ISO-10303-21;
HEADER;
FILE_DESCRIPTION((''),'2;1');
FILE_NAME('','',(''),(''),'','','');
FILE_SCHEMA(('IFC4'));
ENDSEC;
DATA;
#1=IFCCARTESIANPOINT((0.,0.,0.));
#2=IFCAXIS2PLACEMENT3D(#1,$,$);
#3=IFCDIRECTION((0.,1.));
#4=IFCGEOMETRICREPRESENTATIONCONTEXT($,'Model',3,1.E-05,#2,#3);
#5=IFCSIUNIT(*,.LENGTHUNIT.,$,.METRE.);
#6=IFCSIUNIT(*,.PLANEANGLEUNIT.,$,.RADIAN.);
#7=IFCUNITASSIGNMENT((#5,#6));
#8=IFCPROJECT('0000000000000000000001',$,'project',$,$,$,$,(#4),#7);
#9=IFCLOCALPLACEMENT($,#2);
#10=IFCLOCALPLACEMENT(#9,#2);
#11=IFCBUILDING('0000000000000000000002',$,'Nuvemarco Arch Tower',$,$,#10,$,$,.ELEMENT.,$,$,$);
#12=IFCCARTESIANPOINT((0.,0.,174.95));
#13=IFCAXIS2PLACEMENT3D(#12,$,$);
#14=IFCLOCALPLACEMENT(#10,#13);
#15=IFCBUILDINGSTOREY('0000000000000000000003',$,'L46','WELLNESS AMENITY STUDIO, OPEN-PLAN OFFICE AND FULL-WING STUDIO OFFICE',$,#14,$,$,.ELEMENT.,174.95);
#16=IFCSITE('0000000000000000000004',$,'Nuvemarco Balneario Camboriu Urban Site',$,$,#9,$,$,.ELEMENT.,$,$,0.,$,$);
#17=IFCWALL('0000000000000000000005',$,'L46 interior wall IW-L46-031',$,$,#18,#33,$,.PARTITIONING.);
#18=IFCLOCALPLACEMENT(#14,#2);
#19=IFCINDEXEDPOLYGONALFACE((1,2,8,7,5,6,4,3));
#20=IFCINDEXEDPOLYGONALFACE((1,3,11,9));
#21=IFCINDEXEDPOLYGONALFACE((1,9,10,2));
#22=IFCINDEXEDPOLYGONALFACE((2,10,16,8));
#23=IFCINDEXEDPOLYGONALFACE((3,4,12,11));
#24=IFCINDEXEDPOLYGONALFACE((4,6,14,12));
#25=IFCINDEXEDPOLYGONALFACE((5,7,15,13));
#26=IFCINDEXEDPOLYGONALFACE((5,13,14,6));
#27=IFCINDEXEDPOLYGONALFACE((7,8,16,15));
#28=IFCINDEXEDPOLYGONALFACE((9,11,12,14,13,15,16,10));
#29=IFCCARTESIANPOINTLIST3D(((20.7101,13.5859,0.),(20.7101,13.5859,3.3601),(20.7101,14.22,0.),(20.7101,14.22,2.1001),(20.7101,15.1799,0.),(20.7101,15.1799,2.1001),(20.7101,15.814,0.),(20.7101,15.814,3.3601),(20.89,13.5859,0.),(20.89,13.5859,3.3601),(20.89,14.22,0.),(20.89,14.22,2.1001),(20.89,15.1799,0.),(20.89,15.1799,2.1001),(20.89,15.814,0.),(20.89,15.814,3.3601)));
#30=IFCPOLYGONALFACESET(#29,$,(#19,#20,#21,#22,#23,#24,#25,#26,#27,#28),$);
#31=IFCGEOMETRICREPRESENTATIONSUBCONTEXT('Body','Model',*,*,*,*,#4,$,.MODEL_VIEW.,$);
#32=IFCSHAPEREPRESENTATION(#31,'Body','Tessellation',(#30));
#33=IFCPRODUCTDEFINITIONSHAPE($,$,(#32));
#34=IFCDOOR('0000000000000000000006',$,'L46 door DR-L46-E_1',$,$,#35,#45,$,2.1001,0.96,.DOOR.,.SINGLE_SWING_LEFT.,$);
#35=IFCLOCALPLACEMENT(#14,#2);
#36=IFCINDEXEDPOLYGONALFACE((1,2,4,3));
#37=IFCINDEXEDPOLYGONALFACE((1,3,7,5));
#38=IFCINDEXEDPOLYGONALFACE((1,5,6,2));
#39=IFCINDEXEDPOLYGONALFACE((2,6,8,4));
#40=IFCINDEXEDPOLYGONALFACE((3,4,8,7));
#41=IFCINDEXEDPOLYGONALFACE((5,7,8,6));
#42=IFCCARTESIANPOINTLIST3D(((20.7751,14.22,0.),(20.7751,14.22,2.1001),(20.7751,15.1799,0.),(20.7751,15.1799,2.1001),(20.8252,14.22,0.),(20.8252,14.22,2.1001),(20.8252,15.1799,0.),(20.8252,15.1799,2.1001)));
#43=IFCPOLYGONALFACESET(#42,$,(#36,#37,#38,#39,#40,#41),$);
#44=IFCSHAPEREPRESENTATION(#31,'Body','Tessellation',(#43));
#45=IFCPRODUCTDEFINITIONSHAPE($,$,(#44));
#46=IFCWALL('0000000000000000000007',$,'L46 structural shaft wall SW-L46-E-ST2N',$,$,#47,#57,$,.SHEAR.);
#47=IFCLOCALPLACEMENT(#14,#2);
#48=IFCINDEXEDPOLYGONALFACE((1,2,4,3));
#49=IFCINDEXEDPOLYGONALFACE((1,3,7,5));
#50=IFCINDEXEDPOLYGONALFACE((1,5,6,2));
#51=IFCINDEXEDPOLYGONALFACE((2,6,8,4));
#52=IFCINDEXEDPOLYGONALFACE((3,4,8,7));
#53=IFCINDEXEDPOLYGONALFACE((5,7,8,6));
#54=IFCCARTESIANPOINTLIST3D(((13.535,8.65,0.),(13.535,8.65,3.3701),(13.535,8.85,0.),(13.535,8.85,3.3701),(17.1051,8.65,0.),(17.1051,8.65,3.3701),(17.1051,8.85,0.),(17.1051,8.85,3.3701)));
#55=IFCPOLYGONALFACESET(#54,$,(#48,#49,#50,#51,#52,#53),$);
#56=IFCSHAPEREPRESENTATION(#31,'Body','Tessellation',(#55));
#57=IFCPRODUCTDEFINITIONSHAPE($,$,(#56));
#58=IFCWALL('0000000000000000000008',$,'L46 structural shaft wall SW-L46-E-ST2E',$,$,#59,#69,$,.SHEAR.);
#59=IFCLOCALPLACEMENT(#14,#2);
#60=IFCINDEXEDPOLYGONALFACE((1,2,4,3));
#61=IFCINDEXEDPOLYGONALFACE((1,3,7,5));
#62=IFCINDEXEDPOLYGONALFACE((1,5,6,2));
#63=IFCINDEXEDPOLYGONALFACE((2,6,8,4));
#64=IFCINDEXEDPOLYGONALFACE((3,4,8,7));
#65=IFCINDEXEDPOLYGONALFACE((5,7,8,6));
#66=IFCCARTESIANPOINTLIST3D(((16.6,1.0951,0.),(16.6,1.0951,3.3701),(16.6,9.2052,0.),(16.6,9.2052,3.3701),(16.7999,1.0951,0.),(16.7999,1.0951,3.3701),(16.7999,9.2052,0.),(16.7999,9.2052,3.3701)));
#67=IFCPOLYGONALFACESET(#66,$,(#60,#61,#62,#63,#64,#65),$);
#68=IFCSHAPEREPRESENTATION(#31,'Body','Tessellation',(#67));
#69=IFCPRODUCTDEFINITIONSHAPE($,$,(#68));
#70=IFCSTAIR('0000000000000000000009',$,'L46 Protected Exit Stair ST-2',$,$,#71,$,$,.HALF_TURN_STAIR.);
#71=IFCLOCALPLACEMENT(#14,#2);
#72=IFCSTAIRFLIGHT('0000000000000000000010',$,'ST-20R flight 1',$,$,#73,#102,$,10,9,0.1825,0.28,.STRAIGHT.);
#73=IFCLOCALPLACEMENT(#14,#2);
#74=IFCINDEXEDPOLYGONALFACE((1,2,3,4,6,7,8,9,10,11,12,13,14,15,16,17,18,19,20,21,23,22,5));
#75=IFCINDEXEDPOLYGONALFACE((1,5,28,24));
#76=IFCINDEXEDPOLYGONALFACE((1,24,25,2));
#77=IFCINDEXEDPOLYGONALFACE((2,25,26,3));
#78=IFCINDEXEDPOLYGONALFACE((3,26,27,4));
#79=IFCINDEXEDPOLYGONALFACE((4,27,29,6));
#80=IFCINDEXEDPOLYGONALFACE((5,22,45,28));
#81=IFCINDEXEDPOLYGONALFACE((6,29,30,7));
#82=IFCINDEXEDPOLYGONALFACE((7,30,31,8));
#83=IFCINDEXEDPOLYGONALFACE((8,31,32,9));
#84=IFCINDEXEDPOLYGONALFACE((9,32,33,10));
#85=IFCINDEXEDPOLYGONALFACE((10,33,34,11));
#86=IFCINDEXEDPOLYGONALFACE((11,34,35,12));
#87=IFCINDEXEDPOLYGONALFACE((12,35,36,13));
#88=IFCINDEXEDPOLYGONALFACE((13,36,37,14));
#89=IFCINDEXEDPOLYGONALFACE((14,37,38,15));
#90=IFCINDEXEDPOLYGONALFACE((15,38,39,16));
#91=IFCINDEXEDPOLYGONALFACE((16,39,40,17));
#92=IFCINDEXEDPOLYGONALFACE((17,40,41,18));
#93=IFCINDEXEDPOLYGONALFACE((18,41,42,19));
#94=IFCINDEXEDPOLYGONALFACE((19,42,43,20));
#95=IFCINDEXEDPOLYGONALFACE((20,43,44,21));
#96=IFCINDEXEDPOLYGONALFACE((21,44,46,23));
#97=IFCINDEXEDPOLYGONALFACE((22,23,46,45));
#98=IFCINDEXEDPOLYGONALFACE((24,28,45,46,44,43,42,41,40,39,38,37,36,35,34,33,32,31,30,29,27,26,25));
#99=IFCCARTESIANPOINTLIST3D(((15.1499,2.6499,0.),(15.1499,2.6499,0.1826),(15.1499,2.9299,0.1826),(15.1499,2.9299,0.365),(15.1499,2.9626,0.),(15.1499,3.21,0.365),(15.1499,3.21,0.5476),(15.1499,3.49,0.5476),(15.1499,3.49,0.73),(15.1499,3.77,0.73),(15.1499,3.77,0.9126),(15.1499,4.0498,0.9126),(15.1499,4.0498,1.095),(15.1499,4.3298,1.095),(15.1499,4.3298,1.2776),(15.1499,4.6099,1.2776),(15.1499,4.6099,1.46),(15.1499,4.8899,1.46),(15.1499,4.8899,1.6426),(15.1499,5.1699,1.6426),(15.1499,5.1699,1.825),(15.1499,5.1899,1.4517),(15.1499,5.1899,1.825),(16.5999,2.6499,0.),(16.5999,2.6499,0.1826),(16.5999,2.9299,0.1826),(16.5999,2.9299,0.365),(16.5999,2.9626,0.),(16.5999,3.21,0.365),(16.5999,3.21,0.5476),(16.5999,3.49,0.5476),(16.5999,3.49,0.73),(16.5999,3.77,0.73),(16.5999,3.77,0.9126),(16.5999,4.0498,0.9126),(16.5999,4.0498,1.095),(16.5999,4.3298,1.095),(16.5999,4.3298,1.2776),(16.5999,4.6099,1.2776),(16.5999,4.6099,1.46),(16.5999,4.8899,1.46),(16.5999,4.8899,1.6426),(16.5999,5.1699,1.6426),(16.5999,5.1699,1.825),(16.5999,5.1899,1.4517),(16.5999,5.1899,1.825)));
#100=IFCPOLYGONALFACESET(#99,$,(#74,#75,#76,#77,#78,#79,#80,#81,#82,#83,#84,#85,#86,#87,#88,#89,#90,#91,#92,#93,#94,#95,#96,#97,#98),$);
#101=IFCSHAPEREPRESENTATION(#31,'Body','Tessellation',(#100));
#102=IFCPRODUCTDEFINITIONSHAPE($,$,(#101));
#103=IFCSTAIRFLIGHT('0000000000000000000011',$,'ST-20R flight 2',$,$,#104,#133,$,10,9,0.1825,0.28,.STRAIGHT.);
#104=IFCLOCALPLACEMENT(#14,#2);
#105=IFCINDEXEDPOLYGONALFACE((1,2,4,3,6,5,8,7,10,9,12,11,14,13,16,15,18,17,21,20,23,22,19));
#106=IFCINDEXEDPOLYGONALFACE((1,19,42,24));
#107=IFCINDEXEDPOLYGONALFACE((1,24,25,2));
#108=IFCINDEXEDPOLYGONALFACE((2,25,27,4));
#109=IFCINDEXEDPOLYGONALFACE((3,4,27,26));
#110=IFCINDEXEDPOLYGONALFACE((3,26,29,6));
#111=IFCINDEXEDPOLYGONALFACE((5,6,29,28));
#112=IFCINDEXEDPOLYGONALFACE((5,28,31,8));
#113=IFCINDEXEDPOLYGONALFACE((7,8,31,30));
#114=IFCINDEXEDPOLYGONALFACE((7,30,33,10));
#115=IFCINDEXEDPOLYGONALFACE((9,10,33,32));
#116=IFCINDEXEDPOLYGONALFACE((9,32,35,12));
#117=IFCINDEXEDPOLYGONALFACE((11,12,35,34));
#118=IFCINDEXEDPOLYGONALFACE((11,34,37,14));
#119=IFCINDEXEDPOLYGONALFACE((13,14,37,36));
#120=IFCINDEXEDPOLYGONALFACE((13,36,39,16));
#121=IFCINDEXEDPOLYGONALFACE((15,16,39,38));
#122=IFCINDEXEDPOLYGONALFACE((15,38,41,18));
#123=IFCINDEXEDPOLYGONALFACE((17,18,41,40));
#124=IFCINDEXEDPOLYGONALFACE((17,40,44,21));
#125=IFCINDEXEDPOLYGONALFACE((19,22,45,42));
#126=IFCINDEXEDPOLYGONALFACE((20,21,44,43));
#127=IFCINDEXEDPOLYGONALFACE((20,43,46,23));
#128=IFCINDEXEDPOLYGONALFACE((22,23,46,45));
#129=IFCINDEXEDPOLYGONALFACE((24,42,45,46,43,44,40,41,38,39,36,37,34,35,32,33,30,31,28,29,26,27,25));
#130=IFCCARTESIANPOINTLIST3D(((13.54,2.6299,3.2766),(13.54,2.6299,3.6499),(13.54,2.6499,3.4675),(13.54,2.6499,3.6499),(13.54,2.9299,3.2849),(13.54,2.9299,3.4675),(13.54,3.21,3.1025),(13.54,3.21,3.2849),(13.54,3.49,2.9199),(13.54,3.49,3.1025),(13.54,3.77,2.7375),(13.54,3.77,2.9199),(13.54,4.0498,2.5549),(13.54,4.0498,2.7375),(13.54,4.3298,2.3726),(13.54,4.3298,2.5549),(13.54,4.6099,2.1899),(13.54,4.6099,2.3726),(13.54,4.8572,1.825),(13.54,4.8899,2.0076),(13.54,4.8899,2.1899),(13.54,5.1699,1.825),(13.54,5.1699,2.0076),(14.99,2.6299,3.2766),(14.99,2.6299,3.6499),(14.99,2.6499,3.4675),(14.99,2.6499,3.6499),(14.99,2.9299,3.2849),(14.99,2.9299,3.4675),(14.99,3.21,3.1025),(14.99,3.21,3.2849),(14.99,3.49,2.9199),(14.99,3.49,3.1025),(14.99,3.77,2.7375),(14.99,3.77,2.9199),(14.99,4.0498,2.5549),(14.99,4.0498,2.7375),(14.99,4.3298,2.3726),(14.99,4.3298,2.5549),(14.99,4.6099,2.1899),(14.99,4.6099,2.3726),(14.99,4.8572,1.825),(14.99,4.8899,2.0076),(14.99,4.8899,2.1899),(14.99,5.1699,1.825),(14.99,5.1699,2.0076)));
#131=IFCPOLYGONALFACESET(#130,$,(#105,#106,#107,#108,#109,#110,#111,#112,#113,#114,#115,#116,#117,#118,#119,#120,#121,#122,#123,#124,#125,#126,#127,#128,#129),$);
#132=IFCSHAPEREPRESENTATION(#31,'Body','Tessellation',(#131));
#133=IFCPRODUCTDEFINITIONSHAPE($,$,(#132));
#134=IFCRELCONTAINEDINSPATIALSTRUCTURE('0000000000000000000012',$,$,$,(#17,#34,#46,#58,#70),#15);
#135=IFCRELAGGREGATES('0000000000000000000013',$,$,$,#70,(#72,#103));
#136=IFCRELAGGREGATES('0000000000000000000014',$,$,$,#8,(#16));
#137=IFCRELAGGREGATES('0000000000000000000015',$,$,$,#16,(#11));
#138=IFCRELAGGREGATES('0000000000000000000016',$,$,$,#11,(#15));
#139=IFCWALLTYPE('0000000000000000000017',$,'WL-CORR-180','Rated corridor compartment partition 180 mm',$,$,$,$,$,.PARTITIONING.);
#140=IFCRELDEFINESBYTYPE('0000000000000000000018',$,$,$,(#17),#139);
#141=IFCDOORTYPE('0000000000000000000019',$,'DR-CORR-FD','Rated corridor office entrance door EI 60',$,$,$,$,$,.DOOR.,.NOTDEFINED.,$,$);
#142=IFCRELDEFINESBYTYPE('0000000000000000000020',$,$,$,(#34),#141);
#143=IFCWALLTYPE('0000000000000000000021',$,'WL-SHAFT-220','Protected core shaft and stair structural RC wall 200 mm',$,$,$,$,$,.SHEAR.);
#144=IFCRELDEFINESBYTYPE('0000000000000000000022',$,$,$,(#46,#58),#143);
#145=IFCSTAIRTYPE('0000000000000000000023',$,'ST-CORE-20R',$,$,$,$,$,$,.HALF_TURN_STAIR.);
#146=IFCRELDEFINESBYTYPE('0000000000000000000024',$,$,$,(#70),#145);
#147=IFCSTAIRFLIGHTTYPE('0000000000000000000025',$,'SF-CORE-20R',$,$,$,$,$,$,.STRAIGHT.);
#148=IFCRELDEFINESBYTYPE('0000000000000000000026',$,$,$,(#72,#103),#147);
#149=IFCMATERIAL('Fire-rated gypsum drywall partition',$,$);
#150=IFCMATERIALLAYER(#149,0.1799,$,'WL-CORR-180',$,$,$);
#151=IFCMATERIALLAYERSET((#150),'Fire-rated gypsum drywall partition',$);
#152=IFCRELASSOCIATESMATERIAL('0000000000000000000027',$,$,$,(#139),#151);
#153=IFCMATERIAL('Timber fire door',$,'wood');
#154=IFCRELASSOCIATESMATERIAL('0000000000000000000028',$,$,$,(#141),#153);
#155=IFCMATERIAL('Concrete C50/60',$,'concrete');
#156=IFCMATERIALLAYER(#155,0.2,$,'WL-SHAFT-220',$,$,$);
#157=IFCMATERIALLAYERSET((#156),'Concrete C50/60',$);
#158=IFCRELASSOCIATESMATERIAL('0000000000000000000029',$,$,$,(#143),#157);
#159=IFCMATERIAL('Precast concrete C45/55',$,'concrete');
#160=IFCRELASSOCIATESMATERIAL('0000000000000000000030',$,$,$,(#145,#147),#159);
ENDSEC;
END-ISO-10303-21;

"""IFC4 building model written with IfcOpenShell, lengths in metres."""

from ifc_helpers import new_model, si_unit, direction, frame, frame_2d, origin, place, context, subcontext, project, spatial, polyline, rectangle, outline, extrude, source, transform, mapped, material, layer, layer_set, type_object, type_shapes, element, fill, aggregate, save


model = new_model("IFC4")

# Units and contexts
model_context = context("Model", 3, precision=1e-05, world=origin(), true_north=direction((0.0, 1.0)))
body_context = subcontext(model_context, "Body", "Model", "MODEL_VIEW")
ifc_project = project(units=[si_unit("LENGTHUNIT", "METRE"), si_unit("PLANEANGLEUNIT", "RADIAN")], contexts=[model_context])

# Site, building, storey
site_placement = place(None, origin())
site = spatial("IfcSite", under=ifc_project, at=site_placement, Name="Nuvemarco Balneario Camboriu Urban Site", CompositionType="ELEMENT", RefElevation=0.0)
building_placement = place(site_placement, origin())
building = spatial("IfcBuilding", under=site, at=building_placement, Name="Nuvemarco Arch Tower", CompositionType="ELEMENT")
storey_placement = place(building_placement, frame((0.0, 0.0, 174.95)))
storey = spatial("IfcBuildingStorey", under=building, at=storey_placement, Name="L46", Description="WELLNESS AMENITY STUDIO, OPEN-PLAN OFFICE AND FULL-WING STUDIO OFFICE", CompositionType="ELEMENT", Elevation=174.95)

# Shared definitions
ifc_material_1 = material(Name="Concrete C50/60", Category="concrete")

# Shared definitions
ifc_material_2 = material(Name="Precast concrete C45/55", Category="concrete")

# Shared definitions
ifc_material_3 = material(Name="Fire-rated gypsum drywall partition")
ifc_layer_1 = layer(ifc_material_3, 0.1799, Name="WL-CORR-180")
ifc_layer_set_1 = layer_set([ifc_layer_1], Name="Fire-rated gypsum drywall partition")
wall_type_1 = type_object("IfcWallType", Name="WL-CORR-180", Description="Rated corridor compartment partition 180 mm", PredefinedType="PARTITIONING", material=ifc_layer_set_1)

# Wall, opening, door
wall_1_placement = place(storey_placement, frame((20.8, 13.5859, 0.0), z_axis=(0.0, 0.0, 1.0), x_axis=(0.0, 1.0, 0.0)))
wall_1 = element("IfcWall", 1, at=wall_1_placement, inside=storey, type_object=wall_type_1, Name="L46 interior wall IW-L46-031", PredefinedType="PARTITIONING", context=body_context, shape_type="SweptSolid", body=[
    extrude(rectangle(XDim=2.228, YDim=0.1799, at=frame_2d((1.114, 0.0))), origin(), (0.0, 0.0, 1.0), 3.3601),
])
opening_placement = place(wall_1_placement, frame((0.634, 0.0, 0.0)))
opening = element("IfcOpeningElement", 2, at=opening_placement, cuts=wall_1, PredefinedType="OPENING", context=body_context, shape_type="SweptSolid", body=[
    extrude(rectangle(XDim=0.96, YDim=2.1001, at=frame_2d((0.48, 1.05))), frame((0.0, 0.0999, 0.0), z_axis=(0.0, -1.0, 0.0), x_axis=(1.0, 0.0, 0.0)), (0.0, 0.0, 1.0), 0.2),
])
ifc_material_4 = material(Name="Timber fire door", Category="wood")
door_type = type_object("IfcDoorType", Name="DR-CORR-FD", Description="Rated corridor office entrance door EI 60", OperationType="NOTDEFINED", PredefinedType="DOOR", material=ifc_material_4)
shared_shape_1 = source(origin(), body_context, "Body", "SweptSolid", [
    extrude(rectangle(XDim=0.96, YDim=2.1001, at=frame_2d((0.48, 1.05))), frame((0.0, 0.0249, 0.0), z_axis=(0.0, -1.0, 0.0), x_axis=(1.0, 0.0, 0.0)), (0.0, 0.0, 1.0), 0.05),
])
type_shapes(door_type, [shared_shape_1])
door_placement = place(opening_placement, origin())
door = element("IfcDoor", 3, at=door_placement, inside=storey, type_object=door_type, Name="L46 door DR-L46-E_1", OperationType="SINGLE_SWING_LEFT", OverallHeight=2.1001, OverallWidth=0.96, PredefinedType="DOOR", context=body_context, shape_type="MappedRepresentation", body=[
    mapped(shared_shape_1, transform((0.0, 0.0, 0.0), scale=1.0)),
])
fill(opening, door)

# Walls
ifc_layer_2 = layer(ifc_material_1, 0.2, Name="WL-SHAFT-220")
ifc_layer_set_2 = layer_set([ifc_layer_2], Name="Concrete C50/60")
wall_type_2 = type_object("IfcWallType", Name="WL-SHAFT-220", Description="Protected core shaft and stair structural RC wall 200 mm", PredefinedType="SHEAR", material=ifc_layer_set_2)
wall_2_placement = place(storey_placement, frame((13.5349, 8.75, 0.0), z_axis=(0.0, 0.0, 1.0), x_axis=(1.0, 0.0, 0.0)))
element("IfcWall", 4, at=wall_2_placement, inside=storey, type_object=wall_type_2, Name="L46 structural shaft wall SW-L46-E-ST2N", PredefinedType="SHEAR", context=body_context, shape_type="SweptSolid", body=[
    extrude(rectangle(XDim=3.5701, YDim=0.2, at=frame_2d((1.7852, 0.0))), origin(), (0.0, 0.0, 1.0), 3.3701),
])
wall_3_placement = place(storey_placement, frame((16.7, 1.095, 0.0), z_axis=(0.0, 0.0, 1.0), x_axis=(0.0, 1.0, 0.0)))
element("IfcWall", 5, at=wall_3_placement, inside=storey, type_object=wall_type_2, Name="L46 structural shaft wall SW-L46-E-ST2E", PredefinedType="SHEAR", context=body_context, shape_type="SweptSolid", body=[
    extrude(rectangle(XDim=8.1101, YDim=0.2, at=frame_2d((4.0552, 0.0))), origin(), (0.0, 0.0, 1.0), 3.3701),
])

# Stair, stair flights
stair_type = type_object("IfcStairType", Name="ST-CORE-20R", PredefinedType="HALF_TURN_STAIR", material=ifc_material_2)
stair_placement = place(storey_placement, origin())
stair = element("IfcStair", 6, at=stair_placement, inside=storey, type_object=stair_type, Name="L46 Protected Exit Stair ST-2", PredefinedType="HALF_TURN_STAIR")
stair_flight_type = type_object("IfcStairFlightType", Name="SF-CORE-20R", PredefinedType="STRAIGHT", material=ifc_material_2)
stair_flight_1_placement = place(storey_placement, frame((15.875, 2.6499, 0.0), z_axis=(0.0, 0.0, 1.0), x_axis=(0.0, 1.0, 0.0)))
stair_flight_1 = element("IfcStairFlight", 7, at=stair_flight_1_placement, type_object=stair_flight_type, Name="ST-20R flight 1", NumberOfRisers=10, NumberOfTreads=9, PredefinedType="STRAIGHT", RiserHeight=0.1825, TreadLength=0.28, context=body_context, shape_type="SweptSolid", body=[
    extrude(outline(polyline([(0.0, 0.0), (0.0, 0.1826), (0.28, 0.1826), (0.28, 0.365), (0.5601, 0.365), (0.5601, 0.5476), (0.8401, 0.5476), (0.8401, 0.73), (1.1201, 0.73), (1.1201, 0.9126), (1.3999, 0.9126), (1.3999, 1.095), (1.6799, 1.095), (1.6799, 1.2776), (1.96, 1.2776), (1.96, 1.46), (2.24, 1.46), (2.24, 1.6426), (2.52, 1.6426), (2.52, 1.825), (2.54, 1.825), (2.54, 1.4517), (0.3127, 0.0), (0.0, 0.0)])), frame((0.0, 0.7251, 0.0), z_axis=(0.0, -1.0, 0.0), x_axis=(1.0, 0.0, 0.0)), (0.0, 0.0, 1.0), 1.45),
])
stair_flight_2_placement = place(storey_placement, frame((14.2649, 5.1699, 1.825), z_axis=(0.0, 0.0, 1.0), x_axis=(0.0, -1.0, 0.0)))
stair_flight_2 = element("IfcStairFlight", 8, at=stair_flight_2_placement, type_object=stair_flight_type, Name="ST-20R flight 2", NumberOfRisers=10, NumberOfTreads=9, PredefinedType="STRAIGHT", RiserHeight=0.1825, TreadLength=0.28, context=body_context, shape_type="SweptSolid", body=[
    extrude(outline(polyline([(0.0, 0.0), (0.0, 0.1826), (0.28, 0.1826), (0.28, 0.365), (0.5601, 0.365), (0.5601, 0.5476), (0.8401, 0.5476), (0.8401, 0.73), (1.1201, 0.73), (1.1201, 0.9126), (1.3999, 0.9126), (1.3999, 1.095), (1.6799, 1.095), (1.6799, 1.2776), (1.96, 1.2776), (1.96, 1.46), (2.24, 1.46), (2.24, 1.6426), (2.52, 1.6426), (2.52, 1.825), (2.54, 1.825), (2.54, 1.4517), (0.3127, 0.0), (0.0, 0.0)])), frame((0.0, 0.7251, 0.0), z_axis=(0.0, -1.0, 0.0), x_axis=(1.0, 0.0, 0.0)), (0.0, 0.0, 1.0), 1.45),
])
aggregate(stair, [stair_flight_1, stair_flight_2])

save(model, "model.ifc")
